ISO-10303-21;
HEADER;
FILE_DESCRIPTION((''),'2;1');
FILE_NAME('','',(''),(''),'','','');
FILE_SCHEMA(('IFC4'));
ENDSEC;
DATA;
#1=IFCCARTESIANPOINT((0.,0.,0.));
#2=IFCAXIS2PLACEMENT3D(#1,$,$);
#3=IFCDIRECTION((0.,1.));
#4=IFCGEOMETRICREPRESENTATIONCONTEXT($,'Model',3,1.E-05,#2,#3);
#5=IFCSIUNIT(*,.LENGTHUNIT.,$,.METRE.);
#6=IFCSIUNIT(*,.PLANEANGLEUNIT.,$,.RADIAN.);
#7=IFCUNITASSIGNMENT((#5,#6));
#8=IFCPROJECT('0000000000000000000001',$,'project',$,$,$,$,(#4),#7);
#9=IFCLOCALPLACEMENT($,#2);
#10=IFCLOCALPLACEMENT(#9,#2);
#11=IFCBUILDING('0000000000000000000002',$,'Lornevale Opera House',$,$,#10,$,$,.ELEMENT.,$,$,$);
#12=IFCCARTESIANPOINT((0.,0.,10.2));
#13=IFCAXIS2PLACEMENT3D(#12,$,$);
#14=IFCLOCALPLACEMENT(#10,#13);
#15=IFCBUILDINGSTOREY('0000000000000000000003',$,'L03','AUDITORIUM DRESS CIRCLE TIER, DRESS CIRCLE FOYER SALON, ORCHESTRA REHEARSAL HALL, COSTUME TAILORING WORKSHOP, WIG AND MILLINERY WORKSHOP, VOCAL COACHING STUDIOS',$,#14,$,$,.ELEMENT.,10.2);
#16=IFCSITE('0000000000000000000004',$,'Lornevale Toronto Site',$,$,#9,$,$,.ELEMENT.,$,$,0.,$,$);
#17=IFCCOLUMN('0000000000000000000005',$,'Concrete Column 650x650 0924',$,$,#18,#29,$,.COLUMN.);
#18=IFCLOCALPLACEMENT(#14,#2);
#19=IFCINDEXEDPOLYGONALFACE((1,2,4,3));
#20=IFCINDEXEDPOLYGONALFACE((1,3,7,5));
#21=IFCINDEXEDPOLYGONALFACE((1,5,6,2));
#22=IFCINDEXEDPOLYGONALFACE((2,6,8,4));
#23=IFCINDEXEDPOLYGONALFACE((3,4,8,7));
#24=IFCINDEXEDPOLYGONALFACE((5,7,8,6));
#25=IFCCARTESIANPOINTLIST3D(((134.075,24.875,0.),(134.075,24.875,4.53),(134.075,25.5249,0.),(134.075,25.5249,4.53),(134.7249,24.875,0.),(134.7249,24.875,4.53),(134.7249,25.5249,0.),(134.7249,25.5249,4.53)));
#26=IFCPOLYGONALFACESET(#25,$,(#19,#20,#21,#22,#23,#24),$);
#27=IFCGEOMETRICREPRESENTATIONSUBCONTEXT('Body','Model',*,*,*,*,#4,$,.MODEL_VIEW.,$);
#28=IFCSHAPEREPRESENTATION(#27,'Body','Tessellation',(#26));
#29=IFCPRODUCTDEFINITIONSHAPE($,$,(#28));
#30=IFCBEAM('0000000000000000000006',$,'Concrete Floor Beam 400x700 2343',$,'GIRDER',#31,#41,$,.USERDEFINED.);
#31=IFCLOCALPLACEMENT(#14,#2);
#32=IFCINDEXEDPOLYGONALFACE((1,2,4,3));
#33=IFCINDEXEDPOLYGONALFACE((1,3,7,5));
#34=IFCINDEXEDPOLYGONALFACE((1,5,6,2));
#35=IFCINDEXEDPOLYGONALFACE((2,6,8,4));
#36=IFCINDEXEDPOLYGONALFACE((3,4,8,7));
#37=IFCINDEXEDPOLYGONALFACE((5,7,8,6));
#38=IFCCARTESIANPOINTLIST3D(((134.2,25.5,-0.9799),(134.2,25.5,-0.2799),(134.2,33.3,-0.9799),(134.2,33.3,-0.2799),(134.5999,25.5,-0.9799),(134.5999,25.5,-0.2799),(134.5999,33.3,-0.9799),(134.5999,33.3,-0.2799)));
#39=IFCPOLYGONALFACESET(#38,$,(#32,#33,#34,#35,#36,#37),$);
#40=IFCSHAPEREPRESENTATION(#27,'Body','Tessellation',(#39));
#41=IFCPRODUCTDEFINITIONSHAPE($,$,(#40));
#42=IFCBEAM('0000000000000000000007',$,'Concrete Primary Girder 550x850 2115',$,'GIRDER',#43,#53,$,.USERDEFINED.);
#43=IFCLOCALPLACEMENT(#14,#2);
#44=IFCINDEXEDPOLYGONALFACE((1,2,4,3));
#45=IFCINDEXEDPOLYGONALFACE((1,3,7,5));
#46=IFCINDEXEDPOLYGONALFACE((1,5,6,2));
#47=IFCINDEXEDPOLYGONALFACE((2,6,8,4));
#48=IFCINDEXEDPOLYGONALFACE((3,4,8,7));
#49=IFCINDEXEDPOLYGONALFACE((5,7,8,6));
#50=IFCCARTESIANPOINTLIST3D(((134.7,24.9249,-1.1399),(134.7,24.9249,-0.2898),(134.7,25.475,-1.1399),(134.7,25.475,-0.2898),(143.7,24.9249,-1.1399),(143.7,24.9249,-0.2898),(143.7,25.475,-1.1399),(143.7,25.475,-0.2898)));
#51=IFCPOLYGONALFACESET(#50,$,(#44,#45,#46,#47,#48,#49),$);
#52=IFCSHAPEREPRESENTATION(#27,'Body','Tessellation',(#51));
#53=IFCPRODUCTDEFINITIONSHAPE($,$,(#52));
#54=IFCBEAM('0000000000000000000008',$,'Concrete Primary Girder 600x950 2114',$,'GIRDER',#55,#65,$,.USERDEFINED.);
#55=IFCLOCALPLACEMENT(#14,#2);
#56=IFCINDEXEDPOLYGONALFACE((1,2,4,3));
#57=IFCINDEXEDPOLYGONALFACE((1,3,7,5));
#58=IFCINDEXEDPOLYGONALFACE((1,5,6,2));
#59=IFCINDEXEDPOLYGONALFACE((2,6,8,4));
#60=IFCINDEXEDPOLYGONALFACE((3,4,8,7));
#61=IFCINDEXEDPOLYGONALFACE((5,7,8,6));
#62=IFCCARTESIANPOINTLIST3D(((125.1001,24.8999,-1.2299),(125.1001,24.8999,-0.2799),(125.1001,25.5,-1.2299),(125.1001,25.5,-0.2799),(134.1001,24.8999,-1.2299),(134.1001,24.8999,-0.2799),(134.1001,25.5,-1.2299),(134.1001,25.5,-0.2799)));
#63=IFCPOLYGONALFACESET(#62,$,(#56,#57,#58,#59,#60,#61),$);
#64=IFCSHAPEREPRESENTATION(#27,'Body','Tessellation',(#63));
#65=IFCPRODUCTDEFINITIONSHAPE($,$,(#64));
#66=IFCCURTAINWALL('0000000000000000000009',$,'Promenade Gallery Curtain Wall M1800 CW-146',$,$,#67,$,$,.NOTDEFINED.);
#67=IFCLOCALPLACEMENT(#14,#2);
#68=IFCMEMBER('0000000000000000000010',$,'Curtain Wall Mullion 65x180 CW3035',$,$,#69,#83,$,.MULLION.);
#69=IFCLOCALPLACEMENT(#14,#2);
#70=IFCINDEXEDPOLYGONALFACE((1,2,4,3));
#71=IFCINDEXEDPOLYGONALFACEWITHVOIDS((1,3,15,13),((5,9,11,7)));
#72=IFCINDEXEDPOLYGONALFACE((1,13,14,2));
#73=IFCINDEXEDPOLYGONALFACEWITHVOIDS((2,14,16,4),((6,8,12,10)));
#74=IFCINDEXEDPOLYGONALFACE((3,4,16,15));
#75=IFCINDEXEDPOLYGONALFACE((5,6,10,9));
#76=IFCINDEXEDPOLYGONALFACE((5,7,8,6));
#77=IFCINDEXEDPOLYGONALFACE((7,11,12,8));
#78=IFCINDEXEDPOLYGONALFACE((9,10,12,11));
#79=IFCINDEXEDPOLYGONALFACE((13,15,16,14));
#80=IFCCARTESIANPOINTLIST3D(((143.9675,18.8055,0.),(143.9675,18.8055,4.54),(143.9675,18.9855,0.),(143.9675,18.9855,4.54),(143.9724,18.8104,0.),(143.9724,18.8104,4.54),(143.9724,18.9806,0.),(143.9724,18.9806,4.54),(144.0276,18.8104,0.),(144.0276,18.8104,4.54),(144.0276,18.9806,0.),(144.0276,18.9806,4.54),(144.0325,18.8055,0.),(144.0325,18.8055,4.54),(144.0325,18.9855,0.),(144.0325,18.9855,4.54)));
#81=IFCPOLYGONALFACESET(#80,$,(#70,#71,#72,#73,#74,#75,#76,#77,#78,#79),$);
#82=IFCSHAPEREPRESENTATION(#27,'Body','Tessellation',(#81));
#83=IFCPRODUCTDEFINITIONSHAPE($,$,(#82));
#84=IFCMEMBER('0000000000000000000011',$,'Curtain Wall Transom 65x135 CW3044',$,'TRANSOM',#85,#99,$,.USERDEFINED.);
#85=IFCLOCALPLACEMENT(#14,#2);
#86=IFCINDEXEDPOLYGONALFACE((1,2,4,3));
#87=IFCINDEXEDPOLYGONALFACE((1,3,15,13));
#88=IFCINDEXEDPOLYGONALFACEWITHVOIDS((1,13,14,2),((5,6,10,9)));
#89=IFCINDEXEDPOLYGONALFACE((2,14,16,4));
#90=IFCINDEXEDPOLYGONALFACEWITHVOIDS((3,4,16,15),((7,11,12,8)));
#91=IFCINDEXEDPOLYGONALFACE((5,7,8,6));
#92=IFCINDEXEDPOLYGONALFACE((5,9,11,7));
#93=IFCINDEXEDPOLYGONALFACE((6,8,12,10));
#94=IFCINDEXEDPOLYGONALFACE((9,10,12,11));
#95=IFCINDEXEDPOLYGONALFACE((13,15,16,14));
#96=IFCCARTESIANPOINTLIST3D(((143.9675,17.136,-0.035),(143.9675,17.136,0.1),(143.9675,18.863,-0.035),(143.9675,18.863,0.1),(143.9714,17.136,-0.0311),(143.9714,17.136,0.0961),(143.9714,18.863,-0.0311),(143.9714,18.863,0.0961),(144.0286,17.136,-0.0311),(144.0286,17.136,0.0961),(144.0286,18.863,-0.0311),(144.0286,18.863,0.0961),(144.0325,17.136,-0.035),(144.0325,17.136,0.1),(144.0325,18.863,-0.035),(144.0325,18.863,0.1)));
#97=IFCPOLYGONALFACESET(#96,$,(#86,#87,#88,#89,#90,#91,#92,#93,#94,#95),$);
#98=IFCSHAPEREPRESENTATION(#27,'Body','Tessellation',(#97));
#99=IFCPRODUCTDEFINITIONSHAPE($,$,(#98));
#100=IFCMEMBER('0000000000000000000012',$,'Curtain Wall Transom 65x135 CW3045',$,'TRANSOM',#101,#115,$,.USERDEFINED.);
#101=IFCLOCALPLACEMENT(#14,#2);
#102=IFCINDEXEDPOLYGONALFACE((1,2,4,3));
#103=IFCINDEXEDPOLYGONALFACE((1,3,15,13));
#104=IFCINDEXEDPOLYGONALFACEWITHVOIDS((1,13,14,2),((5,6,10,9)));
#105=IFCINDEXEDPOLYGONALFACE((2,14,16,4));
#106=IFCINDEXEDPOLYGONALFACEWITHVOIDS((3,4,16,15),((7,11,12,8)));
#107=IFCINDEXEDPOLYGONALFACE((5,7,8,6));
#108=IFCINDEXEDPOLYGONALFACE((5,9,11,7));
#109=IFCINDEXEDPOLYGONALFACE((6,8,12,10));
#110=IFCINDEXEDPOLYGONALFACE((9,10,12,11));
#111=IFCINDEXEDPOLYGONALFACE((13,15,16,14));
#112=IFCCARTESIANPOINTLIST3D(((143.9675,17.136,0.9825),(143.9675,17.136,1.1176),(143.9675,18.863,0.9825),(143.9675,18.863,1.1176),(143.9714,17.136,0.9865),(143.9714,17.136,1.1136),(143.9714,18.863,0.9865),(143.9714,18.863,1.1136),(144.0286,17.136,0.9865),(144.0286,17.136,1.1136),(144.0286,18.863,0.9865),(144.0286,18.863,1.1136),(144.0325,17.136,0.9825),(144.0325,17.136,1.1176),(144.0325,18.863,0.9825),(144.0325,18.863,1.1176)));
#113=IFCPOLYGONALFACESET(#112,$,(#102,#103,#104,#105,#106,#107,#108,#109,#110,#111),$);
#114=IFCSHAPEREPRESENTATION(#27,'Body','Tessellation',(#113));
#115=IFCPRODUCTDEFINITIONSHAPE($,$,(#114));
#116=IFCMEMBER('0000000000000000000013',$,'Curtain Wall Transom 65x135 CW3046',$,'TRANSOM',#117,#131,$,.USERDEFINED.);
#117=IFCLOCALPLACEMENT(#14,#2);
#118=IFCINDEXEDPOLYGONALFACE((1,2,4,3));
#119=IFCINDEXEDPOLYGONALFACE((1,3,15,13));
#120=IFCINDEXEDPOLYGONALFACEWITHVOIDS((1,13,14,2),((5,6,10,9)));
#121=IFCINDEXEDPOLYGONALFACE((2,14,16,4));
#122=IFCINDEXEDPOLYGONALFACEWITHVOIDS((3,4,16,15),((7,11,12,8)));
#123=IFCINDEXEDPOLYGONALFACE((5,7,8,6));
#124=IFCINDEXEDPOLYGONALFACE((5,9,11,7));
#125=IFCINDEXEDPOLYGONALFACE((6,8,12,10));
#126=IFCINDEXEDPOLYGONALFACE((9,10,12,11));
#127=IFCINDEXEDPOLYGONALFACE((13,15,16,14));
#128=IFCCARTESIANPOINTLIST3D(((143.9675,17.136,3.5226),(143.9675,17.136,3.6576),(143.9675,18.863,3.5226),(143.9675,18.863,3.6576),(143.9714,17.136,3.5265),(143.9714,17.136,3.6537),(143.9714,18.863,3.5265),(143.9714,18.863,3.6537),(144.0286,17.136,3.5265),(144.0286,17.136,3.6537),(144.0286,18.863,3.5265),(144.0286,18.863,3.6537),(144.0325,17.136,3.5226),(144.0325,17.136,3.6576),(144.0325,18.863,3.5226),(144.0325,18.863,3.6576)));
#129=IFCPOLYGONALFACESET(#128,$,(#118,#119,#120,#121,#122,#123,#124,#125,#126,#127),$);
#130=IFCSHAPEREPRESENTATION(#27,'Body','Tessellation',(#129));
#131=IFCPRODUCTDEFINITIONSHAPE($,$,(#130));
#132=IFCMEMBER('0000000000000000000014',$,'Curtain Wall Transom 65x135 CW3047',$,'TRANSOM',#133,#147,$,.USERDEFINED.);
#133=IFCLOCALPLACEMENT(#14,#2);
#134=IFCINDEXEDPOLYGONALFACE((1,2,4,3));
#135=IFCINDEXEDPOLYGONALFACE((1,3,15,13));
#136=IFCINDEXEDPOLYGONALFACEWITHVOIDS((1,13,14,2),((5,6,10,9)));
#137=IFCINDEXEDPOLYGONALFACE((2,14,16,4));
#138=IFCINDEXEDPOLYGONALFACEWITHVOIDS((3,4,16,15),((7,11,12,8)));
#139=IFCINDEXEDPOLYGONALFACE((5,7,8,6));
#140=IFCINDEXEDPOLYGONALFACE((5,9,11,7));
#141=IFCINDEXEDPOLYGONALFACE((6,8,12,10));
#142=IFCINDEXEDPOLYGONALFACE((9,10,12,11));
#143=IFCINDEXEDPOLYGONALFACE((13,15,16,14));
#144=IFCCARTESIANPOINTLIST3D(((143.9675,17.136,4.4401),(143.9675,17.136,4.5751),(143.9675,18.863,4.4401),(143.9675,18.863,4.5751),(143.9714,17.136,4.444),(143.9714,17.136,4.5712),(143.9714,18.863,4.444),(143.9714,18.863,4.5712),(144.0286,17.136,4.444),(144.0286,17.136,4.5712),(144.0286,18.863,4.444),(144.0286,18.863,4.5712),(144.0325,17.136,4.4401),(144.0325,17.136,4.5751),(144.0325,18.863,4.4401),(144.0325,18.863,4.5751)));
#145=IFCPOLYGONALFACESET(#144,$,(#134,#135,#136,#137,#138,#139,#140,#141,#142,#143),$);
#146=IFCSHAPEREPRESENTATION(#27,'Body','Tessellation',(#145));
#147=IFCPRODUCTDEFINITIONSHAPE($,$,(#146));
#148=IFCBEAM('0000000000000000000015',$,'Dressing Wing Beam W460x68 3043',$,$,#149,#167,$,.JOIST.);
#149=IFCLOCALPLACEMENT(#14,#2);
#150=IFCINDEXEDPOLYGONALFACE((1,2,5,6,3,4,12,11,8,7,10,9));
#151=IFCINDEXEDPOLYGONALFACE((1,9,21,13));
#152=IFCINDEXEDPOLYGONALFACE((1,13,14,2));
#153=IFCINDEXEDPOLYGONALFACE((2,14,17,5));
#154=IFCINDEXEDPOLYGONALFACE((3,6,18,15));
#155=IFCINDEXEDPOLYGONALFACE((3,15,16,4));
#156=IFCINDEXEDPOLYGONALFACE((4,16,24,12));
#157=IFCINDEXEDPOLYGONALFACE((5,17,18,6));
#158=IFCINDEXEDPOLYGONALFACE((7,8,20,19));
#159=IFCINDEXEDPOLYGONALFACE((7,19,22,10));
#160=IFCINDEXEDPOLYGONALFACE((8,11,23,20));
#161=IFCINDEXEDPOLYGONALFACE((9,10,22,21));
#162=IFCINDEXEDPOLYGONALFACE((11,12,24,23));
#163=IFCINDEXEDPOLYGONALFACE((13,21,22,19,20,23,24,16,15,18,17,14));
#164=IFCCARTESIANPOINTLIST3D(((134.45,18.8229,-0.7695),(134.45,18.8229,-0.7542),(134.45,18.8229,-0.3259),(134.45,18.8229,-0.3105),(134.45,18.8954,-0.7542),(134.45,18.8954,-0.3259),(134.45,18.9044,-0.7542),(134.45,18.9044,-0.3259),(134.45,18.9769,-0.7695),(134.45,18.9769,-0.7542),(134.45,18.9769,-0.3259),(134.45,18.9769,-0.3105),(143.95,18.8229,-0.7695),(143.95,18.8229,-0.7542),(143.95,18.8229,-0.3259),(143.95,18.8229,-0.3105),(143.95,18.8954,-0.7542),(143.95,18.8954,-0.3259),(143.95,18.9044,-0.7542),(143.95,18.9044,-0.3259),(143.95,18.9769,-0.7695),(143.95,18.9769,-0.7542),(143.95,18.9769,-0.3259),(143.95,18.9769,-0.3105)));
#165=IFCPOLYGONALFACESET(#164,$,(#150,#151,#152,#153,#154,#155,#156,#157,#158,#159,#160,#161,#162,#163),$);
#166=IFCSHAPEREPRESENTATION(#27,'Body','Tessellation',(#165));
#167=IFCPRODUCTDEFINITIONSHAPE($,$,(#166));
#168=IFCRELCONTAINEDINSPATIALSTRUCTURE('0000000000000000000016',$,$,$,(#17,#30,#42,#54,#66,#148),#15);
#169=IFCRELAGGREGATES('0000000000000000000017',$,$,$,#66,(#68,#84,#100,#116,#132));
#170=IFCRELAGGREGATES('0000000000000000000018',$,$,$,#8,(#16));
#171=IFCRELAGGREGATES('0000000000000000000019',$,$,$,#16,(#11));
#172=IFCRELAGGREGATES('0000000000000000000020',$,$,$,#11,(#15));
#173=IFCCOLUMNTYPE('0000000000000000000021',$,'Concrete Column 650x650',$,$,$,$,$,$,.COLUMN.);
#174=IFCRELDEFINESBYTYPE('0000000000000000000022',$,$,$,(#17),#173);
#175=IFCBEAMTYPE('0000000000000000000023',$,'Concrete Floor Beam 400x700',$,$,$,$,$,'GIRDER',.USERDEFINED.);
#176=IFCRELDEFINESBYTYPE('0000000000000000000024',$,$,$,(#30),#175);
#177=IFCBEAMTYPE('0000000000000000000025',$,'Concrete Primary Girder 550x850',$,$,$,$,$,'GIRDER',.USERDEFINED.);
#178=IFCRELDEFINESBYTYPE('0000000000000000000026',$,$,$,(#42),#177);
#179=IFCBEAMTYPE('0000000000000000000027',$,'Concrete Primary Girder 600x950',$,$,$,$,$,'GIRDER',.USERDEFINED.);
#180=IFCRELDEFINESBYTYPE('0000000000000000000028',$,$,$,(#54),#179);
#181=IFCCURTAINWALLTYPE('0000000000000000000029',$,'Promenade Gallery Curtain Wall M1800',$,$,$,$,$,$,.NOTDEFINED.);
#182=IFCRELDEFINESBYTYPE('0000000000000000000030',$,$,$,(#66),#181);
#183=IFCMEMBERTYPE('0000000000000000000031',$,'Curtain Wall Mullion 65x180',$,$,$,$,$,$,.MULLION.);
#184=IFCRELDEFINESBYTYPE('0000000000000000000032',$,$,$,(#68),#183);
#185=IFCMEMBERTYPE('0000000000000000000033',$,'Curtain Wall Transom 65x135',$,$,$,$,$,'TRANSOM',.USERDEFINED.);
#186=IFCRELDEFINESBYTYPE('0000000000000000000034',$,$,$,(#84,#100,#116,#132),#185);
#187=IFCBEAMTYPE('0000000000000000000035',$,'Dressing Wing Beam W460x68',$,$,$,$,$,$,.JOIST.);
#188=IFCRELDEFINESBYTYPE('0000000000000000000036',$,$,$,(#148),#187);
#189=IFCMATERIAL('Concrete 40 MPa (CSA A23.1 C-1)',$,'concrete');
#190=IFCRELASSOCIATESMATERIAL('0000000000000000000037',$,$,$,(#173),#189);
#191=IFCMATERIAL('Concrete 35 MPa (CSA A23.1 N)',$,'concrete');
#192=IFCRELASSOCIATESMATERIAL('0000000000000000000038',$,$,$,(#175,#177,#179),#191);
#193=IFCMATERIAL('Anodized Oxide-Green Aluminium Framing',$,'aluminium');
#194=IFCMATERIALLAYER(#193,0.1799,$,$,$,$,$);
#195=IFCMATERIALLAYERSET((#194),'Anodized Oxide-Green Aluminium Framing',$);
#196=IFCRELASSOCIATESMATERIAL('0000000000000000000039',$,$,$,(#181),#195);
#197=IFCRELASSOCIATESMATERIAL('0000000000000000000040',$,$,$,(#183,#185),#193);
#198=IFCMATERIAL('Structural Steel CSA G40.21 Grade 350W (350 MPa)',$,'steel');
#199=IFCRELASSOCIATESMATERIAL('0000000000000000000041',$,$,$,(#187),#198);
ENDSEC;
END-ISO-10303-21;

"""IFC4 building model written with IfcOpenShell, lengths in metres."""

from ifc_helpers import new_model, si_unit, direction, frame, origin, origin_2d, place, context, subcontext, project, spatial, rectangle, hollow_rectangle, i_section, extrude, material, layer, layer_set, material_profile, profile_set, type_object, element, aggregate, save


model = new_model("IFC4")

# Units and contexts
model_context = context("Model", 3, precision=1e-05, world=origin(), true_north=direction((0.0, 1.0)))
body_context = subcontext(model_context, "Body", "Model", "MODEL_VIEW")
ifc_project = project(units=[si_unit("LENGTHUNIT", "METRE"), si_unit("PLANEANGLEUNIT", "RADIAN")], contexts=[model_context])

# Site, building, storey
site_placement = place(None, origin())
site = spatial("IfcSite", under=ifc_project, at=site_placement, Name="Lornevale Toronto Site", CompositionType="ELEMENT", RefElevation=0.0)
building_placement = place(site_placement, origin())
building = spatial("IfcBuilding", under=site, at=building_placement, Name="Lornevale Opera House", CompositionType="ELEMENT")
storey_placement = place(building_placement, frame((0.0, 0.0, 10.2)))
storey = spatial("IfcBuildingStorey", under=building, at=storey_placement, Name="L03", Description="AUDITORIUM DRESS CIRCLE TIER, DRESS CIRCLE FOYER SALON, ORCHESTRA REHEARSAL HALL, COSTUME TAILORING WORKSHOP, WIG AND MILLINERY WORKSHOP, VOCAL COACHING STUDIOS", CompositionType="ELEMENT", Elevation=10.2)

# Column
ifc_material_1 = material(Name="Concrete 40 MPa (CSA A23.1 C-1)", Category="concrete")
ifc_material_profile_1 = material_profile(ifc_material_1, rectangle(XDim=0.6499, YDim=0.6499, at=origin_2d()), Name="RC650x650")
ifc_profile_set_1 = profile_set([ifc_material_profile_1], Name="Concrete 40 MPa (CSA A23.1 C-1)")
column_type = type_object("IfcColumnType", Name="Concrete Column 650x650", PredefinedType="COLUMN", material=ifc_profile_set_1)
column_placement = place(storey_placement, frame((134.3999, 25.2, 0.0), z_axis=(0.0, 0.0, 1.0), x_axis=(1.0, 0.0, 0.0)))
element("IfcColumn", 1, at=column_placement, inside=storey, type_object=column_type, Name="Concrete Column 650x650 0924", PredefinedType="COLUMN", context=body_context, shape_type="SweptSolid", body=[
    extrude(rectangle(XDim=0.6499, YDim=0.6499, at=origin_2d()), origin(), (0.0, 0.0, 1.0), 4.53),
])

# Beams
ifc_material_2 = material(Name="Concrete 35 MPa (CSA A23.1 N)", Category="concrete")
ifc_material_profile_2 = material_profile(ifc_material_2, rectangle(XDim=0.3999, YDim=0.7, at=origin_2d()), Name="RC400x700")
ifc_profile_set_2 = profile_set([ifc_material_profile_2], Name="Concrete 35 MPa (CSA A23.1 N)")
beam_type_1 = type_object("IfcBeamType", Name="Concrete Floor Beam 400x700", ElementType="GIRDER", PredefinedType="USERDEFINED", material=ifc_profile_set_2)
beam_1_placement = place(storey_placement, frame((134.3999, 25.5, -0.6299), z_axis=(0.0, 1.0, 0.0), x_axis=(-1.0, 0.0, 0.0)))
element("IfcBeam", 2, at=beam_1_placement, inside=storey, type_object=beam_type_1, Name="Concrete Floor Beam 400x700 2343", ObjectType="GIRDER", PredefinedType="USERDEFINED", context=body_context, shape_type="SweptSolid", body=[
    extrude(rectangle(XDim=0.3999, YDim=0.7, at=origin_2d()), origin(), (0.0, 0.0, 1.0), 7.8),
])
ifc_material_profile_3 = material_profile(ifc_material_2, rectangle(XDim=0.55, YDim=0.8501, at=origin_2d()), Name="RC550x850")
ifc_profile_set_3 = profile_set([ifc_material_profile_3], Name="Concrete 35 MPa (CSA A23.1 N)")
beam_type_2 = type_object("IfcBeamType", Name="Concrete Primary Girder 550x850", ElementType="GIRDER", PredefinedType="USERDEFINED", material=ifc_profile_set_3)
beam_2_placement = place(storey_placement, frame((134.7, 25.2, -0.7148), z_axis=(1.0, 0.0, 0.0), x_axis=(0.0, 1.0, 0.0)))
element("IfcBeam", 3, at=beam_2_placement, inside=storey, type_object=beam_type_2, Name="Concrete Primary Girder 550x850 2115", ObjectType="GIRDER", PredefinedType="USERDEFINED", context=body_context, shape_type="SweptSolid", body=[
    extrude(rectangle(XDim=0.55, YDim=0.8501, at=origin_2d()), origin(), (0.0, 0.0, 1.0), 9.0),
])
ifc_material_profile_4 = material_profile(ifc_material_2, rectangle(XDim=0.6001, YDim=0.95, at=origin_2d()), Name="RC600x950")
ifc_profile_set_4 = profile_set([ifc_material_profile_4], Name="Concrete 35 MPa (CSA A23.1 N)")
beam_type_3 = type_object("IfcBeamType", Name="Concrete Primary Girder 600x950", ElementType="GIRDER", PredefinedType="USERDEFINED", material=ifc_profile_set_4)
beam_3_placement = place(storey_placement, frame((125.1001, 25.2, -0.7549), z_axis=(1.0, 0.0, 0.0), x_axis=(0.0, 1.0, 0.0)))
element("IfcBeam", 4, at=beam_3_placement, inside=storey, type_object=beam_type_3, Name="Concrete Primary Girder 600x950 2114", ObjectType="GIRDER", PredefinedType="USERDEFINED", context=body_context, shape_type="SweptSolid", body=[
    extrude(rectangle(XDim=0.6001, YDim=0.95, at=origin_2d()), origin(), (0.0, 0.0, 1.0), 9.0),
])

# Curtain wall, members
ifc_material_3 = material(Name="Anodized Oxide-Green Aluminium Framing", Category="aluminium")
ifc_layer_1 = layer(ifc_material_3, 0.1799)
ifc_layer_set_1 = layer_set([ifc_layer_1], Name="Anodized Oxide-Green Aluminium Framing")
curtain_wall_type = type_object("IfcCurtainWallType", Name="Promenade Gallery Curtain Wall M1800", PredefinedType="NOTDEFINED", material=ifc_layer_set_1)
curtain_wall_placement = place(storey_placement, origin())
curtain_wall = element("IfcCurtainWall", 5, at=curtain_wall_placement, inside=storey, type_object=curtain_wall_type, Name="Promenade Gallery Curtain Wall M1800 CW-146", PredefinedType="NOTDEFINED")
ifc_material_profile_5 = material_profile(ifc_material_3, hollow_rectangle(XDim=0.0649, YDim=0.1799, WallThickness=0.0049, at=origin_2d()), Name="ALU65x180x5")
ifc_profile_set_5 = profile_set([ifc_material_profile_5], Name="Anodized Oxide-Green Aluminium Framing")
member_type_1 = type_object("IfcMemberType", Name="Curtain Wall Mullion 65x180", PredefinedType="MULLION", material=ifc_profile_set_5)
member_1_placement = place(storey_placement, frame((144.0, 18.8955, 0.0), z_axis=(0.0, 0.0, 1.0), x_axis=(1.0, 0.0, 0.0)))
member_1 = element("IfcMember", 6, at=member_1_placement, type_object=member_type_1, Name="Curtain Wall Mullion 65x180 CW3035", PredefinedType="MULLION", context=body_context, shape_type="SweptSolid", body=[
    extrude(hollow_rectangle(XDim=0.0649, YDim=0.1799, WallThickness=0.0049, at=origin_2d()), origin(), (0.0, 0.0, 1.0), 4.54),
])
ifc_material_profile_6 = material_profile(ifc_material_3, hollow_rectangle(XDim=0.0649, YDim=0.135, WallThickness=0.0039, at=origin_2d()), Name="ALU65x135x4")
ifc_profile_set_6 = profile_set([ifc_material_profile_6], Name="Anodized Oxide-Green Aluminium Framing")
member_type_2 = type_object("IfcMemberType", Name="Curtain Wall Transom 65x135", ElementType="TRANSOM", PredefinedType="USERDEFINED", material=ifc_profile_set_6)
member_2_placement = place(storey_placement, frame((144.0, 18.863, 0.0325), z_axis=(0.0, -1.0, 0.0), x_axis=(1.0, 0.0, 0.0)))
member_2 = element("IfcMember", 7, at=member_2_placement, type_object=member_type_2, Name="Curtain Wall Transom 65x135 CW3044", ObjectType="TRANSOM", PredefinedType="USERDEFINED", context=body_context, shape_type="SweptSolid", body=[
    extrude(hollow_rectangle(XDim=0.0649, YDim=0.135, WallThickness=0.0039, at=origin_2d()), origin(), (0.0, 0.0, 1.0), 1.7271),
])
member_3_placement = place(storey_placement, frame((144.0, 18.863, 1.05), z_axis=(0.0, -1.0, 0.0), x_axis=(1.0, 0.0, 0.0)))
member_3 = element("IfcMember", 8, at=member_3_placement, type_object=member_type_2, Name="Curtain Wall Transom 65x135 CW3045", ObjectType="TRANSOM", PredefinedType="USERDEFINED", context=body_context, shape_type="SweptSolid", body=[
    extrude(hollow_rectangle(XDim=0.0649, YDim=0.135, WallThickness=0.0039, at=origin_2d()), origin(), (0.0, 0.0, 1.0), 1.7271),
])
member_4_placement = place(storey_placement, frame((144.0, 18.863, 3.5901), z_axis=(0.0, -1.0, 0.0), x_axis=(1.0, 0.0, 0.0)))
member_4 = element("IfcMember", 9, at=member_4_placement, type_object=member_type_2, Name="Curtain Wall Transom 65x135 CW3046", ObjectType="TRANSOM", PredefinedType="USERDEFINED", context=body_context, shape_type="SweptSolid", body=[
    extrude(hollow_rectangle(XDim=0.0649, YDim=0.135, WallThickness=0.0039, at=origin_2d()), origin(), (0.0, 0.0, 1.0), 1.7271),
])
member_5_placement = place(storey_placement, frame((144.0, 18.863, 4.5076), z_axis=(0.0, -1.0, 0.0), x_axis=(1.0, 0.0, 0.0)))
member_5 = element("IfcMember", 10, at=member_5_placement, type_object=member_type_2, Name="Curtain Wall Transom 65x135 CW3047", ObjectType="TRANSOM", PredefinedType="USERDEFINED", context=body_context, shape_type="SweptSolid", body=[
    extrude(hollow_rectangle(XDim=0.0649, YDim=0.135, WallThickness=0.0039, at=origin_2d()), origin(), (0.0, 0.0, 1.0), 1.7271),
])

# Beam
ifc_material_4 = material(Name="Structural Steel CSA G40.21 Grade 350W (350 MPa)", Category="steel")
ifc_material_profile_7 = material_profile(ifc_material_4, i_section(OverallWidth=0.1541, OverallDepth=0.459, WebThickness=0.009, FlangeThickness=0.0154, at=origin_2d()), Name="W460x68")
ifc_profile_set_7 = profile_set([ifc_material_profile_7], Name="Structural Steel CSA G40.21 Grade 350W (350 MPa)")
beam_type_4 = type_object("IfcBeamType", Name="Dressing Wing Beam W460x68", PredefinedType="JOIST", material=ifc_profile_set_7)
beam_4_placement = place(storey_placement, frame((134.45, 18.8999, -0.54), z_axis=(1.0, 0.0, 0.0), x_axis=(0.0, 1.0, 0.0)))
element("IfcBeam", 11, at=beam_4_placement, inside=storey, type_object=beam_type_4, Name="Dressing Wing Beam W460x68 3043", PredefinedType="JOIST", context=body_context, shape_type="SweptSolid", body=[
    extrude(i_section(OverallWidth=0.1541, OverallDepth=0.459, WebThickness=0.009, FlangeThickness=0.0154, at=origin_2d()), origin(), (0.0, 0.0, 1.0), 9.5),
])

aggregate(curtain_wall, [member_1, member_2, member_3, member_4, member_5])

save(model, "model.ifc")
